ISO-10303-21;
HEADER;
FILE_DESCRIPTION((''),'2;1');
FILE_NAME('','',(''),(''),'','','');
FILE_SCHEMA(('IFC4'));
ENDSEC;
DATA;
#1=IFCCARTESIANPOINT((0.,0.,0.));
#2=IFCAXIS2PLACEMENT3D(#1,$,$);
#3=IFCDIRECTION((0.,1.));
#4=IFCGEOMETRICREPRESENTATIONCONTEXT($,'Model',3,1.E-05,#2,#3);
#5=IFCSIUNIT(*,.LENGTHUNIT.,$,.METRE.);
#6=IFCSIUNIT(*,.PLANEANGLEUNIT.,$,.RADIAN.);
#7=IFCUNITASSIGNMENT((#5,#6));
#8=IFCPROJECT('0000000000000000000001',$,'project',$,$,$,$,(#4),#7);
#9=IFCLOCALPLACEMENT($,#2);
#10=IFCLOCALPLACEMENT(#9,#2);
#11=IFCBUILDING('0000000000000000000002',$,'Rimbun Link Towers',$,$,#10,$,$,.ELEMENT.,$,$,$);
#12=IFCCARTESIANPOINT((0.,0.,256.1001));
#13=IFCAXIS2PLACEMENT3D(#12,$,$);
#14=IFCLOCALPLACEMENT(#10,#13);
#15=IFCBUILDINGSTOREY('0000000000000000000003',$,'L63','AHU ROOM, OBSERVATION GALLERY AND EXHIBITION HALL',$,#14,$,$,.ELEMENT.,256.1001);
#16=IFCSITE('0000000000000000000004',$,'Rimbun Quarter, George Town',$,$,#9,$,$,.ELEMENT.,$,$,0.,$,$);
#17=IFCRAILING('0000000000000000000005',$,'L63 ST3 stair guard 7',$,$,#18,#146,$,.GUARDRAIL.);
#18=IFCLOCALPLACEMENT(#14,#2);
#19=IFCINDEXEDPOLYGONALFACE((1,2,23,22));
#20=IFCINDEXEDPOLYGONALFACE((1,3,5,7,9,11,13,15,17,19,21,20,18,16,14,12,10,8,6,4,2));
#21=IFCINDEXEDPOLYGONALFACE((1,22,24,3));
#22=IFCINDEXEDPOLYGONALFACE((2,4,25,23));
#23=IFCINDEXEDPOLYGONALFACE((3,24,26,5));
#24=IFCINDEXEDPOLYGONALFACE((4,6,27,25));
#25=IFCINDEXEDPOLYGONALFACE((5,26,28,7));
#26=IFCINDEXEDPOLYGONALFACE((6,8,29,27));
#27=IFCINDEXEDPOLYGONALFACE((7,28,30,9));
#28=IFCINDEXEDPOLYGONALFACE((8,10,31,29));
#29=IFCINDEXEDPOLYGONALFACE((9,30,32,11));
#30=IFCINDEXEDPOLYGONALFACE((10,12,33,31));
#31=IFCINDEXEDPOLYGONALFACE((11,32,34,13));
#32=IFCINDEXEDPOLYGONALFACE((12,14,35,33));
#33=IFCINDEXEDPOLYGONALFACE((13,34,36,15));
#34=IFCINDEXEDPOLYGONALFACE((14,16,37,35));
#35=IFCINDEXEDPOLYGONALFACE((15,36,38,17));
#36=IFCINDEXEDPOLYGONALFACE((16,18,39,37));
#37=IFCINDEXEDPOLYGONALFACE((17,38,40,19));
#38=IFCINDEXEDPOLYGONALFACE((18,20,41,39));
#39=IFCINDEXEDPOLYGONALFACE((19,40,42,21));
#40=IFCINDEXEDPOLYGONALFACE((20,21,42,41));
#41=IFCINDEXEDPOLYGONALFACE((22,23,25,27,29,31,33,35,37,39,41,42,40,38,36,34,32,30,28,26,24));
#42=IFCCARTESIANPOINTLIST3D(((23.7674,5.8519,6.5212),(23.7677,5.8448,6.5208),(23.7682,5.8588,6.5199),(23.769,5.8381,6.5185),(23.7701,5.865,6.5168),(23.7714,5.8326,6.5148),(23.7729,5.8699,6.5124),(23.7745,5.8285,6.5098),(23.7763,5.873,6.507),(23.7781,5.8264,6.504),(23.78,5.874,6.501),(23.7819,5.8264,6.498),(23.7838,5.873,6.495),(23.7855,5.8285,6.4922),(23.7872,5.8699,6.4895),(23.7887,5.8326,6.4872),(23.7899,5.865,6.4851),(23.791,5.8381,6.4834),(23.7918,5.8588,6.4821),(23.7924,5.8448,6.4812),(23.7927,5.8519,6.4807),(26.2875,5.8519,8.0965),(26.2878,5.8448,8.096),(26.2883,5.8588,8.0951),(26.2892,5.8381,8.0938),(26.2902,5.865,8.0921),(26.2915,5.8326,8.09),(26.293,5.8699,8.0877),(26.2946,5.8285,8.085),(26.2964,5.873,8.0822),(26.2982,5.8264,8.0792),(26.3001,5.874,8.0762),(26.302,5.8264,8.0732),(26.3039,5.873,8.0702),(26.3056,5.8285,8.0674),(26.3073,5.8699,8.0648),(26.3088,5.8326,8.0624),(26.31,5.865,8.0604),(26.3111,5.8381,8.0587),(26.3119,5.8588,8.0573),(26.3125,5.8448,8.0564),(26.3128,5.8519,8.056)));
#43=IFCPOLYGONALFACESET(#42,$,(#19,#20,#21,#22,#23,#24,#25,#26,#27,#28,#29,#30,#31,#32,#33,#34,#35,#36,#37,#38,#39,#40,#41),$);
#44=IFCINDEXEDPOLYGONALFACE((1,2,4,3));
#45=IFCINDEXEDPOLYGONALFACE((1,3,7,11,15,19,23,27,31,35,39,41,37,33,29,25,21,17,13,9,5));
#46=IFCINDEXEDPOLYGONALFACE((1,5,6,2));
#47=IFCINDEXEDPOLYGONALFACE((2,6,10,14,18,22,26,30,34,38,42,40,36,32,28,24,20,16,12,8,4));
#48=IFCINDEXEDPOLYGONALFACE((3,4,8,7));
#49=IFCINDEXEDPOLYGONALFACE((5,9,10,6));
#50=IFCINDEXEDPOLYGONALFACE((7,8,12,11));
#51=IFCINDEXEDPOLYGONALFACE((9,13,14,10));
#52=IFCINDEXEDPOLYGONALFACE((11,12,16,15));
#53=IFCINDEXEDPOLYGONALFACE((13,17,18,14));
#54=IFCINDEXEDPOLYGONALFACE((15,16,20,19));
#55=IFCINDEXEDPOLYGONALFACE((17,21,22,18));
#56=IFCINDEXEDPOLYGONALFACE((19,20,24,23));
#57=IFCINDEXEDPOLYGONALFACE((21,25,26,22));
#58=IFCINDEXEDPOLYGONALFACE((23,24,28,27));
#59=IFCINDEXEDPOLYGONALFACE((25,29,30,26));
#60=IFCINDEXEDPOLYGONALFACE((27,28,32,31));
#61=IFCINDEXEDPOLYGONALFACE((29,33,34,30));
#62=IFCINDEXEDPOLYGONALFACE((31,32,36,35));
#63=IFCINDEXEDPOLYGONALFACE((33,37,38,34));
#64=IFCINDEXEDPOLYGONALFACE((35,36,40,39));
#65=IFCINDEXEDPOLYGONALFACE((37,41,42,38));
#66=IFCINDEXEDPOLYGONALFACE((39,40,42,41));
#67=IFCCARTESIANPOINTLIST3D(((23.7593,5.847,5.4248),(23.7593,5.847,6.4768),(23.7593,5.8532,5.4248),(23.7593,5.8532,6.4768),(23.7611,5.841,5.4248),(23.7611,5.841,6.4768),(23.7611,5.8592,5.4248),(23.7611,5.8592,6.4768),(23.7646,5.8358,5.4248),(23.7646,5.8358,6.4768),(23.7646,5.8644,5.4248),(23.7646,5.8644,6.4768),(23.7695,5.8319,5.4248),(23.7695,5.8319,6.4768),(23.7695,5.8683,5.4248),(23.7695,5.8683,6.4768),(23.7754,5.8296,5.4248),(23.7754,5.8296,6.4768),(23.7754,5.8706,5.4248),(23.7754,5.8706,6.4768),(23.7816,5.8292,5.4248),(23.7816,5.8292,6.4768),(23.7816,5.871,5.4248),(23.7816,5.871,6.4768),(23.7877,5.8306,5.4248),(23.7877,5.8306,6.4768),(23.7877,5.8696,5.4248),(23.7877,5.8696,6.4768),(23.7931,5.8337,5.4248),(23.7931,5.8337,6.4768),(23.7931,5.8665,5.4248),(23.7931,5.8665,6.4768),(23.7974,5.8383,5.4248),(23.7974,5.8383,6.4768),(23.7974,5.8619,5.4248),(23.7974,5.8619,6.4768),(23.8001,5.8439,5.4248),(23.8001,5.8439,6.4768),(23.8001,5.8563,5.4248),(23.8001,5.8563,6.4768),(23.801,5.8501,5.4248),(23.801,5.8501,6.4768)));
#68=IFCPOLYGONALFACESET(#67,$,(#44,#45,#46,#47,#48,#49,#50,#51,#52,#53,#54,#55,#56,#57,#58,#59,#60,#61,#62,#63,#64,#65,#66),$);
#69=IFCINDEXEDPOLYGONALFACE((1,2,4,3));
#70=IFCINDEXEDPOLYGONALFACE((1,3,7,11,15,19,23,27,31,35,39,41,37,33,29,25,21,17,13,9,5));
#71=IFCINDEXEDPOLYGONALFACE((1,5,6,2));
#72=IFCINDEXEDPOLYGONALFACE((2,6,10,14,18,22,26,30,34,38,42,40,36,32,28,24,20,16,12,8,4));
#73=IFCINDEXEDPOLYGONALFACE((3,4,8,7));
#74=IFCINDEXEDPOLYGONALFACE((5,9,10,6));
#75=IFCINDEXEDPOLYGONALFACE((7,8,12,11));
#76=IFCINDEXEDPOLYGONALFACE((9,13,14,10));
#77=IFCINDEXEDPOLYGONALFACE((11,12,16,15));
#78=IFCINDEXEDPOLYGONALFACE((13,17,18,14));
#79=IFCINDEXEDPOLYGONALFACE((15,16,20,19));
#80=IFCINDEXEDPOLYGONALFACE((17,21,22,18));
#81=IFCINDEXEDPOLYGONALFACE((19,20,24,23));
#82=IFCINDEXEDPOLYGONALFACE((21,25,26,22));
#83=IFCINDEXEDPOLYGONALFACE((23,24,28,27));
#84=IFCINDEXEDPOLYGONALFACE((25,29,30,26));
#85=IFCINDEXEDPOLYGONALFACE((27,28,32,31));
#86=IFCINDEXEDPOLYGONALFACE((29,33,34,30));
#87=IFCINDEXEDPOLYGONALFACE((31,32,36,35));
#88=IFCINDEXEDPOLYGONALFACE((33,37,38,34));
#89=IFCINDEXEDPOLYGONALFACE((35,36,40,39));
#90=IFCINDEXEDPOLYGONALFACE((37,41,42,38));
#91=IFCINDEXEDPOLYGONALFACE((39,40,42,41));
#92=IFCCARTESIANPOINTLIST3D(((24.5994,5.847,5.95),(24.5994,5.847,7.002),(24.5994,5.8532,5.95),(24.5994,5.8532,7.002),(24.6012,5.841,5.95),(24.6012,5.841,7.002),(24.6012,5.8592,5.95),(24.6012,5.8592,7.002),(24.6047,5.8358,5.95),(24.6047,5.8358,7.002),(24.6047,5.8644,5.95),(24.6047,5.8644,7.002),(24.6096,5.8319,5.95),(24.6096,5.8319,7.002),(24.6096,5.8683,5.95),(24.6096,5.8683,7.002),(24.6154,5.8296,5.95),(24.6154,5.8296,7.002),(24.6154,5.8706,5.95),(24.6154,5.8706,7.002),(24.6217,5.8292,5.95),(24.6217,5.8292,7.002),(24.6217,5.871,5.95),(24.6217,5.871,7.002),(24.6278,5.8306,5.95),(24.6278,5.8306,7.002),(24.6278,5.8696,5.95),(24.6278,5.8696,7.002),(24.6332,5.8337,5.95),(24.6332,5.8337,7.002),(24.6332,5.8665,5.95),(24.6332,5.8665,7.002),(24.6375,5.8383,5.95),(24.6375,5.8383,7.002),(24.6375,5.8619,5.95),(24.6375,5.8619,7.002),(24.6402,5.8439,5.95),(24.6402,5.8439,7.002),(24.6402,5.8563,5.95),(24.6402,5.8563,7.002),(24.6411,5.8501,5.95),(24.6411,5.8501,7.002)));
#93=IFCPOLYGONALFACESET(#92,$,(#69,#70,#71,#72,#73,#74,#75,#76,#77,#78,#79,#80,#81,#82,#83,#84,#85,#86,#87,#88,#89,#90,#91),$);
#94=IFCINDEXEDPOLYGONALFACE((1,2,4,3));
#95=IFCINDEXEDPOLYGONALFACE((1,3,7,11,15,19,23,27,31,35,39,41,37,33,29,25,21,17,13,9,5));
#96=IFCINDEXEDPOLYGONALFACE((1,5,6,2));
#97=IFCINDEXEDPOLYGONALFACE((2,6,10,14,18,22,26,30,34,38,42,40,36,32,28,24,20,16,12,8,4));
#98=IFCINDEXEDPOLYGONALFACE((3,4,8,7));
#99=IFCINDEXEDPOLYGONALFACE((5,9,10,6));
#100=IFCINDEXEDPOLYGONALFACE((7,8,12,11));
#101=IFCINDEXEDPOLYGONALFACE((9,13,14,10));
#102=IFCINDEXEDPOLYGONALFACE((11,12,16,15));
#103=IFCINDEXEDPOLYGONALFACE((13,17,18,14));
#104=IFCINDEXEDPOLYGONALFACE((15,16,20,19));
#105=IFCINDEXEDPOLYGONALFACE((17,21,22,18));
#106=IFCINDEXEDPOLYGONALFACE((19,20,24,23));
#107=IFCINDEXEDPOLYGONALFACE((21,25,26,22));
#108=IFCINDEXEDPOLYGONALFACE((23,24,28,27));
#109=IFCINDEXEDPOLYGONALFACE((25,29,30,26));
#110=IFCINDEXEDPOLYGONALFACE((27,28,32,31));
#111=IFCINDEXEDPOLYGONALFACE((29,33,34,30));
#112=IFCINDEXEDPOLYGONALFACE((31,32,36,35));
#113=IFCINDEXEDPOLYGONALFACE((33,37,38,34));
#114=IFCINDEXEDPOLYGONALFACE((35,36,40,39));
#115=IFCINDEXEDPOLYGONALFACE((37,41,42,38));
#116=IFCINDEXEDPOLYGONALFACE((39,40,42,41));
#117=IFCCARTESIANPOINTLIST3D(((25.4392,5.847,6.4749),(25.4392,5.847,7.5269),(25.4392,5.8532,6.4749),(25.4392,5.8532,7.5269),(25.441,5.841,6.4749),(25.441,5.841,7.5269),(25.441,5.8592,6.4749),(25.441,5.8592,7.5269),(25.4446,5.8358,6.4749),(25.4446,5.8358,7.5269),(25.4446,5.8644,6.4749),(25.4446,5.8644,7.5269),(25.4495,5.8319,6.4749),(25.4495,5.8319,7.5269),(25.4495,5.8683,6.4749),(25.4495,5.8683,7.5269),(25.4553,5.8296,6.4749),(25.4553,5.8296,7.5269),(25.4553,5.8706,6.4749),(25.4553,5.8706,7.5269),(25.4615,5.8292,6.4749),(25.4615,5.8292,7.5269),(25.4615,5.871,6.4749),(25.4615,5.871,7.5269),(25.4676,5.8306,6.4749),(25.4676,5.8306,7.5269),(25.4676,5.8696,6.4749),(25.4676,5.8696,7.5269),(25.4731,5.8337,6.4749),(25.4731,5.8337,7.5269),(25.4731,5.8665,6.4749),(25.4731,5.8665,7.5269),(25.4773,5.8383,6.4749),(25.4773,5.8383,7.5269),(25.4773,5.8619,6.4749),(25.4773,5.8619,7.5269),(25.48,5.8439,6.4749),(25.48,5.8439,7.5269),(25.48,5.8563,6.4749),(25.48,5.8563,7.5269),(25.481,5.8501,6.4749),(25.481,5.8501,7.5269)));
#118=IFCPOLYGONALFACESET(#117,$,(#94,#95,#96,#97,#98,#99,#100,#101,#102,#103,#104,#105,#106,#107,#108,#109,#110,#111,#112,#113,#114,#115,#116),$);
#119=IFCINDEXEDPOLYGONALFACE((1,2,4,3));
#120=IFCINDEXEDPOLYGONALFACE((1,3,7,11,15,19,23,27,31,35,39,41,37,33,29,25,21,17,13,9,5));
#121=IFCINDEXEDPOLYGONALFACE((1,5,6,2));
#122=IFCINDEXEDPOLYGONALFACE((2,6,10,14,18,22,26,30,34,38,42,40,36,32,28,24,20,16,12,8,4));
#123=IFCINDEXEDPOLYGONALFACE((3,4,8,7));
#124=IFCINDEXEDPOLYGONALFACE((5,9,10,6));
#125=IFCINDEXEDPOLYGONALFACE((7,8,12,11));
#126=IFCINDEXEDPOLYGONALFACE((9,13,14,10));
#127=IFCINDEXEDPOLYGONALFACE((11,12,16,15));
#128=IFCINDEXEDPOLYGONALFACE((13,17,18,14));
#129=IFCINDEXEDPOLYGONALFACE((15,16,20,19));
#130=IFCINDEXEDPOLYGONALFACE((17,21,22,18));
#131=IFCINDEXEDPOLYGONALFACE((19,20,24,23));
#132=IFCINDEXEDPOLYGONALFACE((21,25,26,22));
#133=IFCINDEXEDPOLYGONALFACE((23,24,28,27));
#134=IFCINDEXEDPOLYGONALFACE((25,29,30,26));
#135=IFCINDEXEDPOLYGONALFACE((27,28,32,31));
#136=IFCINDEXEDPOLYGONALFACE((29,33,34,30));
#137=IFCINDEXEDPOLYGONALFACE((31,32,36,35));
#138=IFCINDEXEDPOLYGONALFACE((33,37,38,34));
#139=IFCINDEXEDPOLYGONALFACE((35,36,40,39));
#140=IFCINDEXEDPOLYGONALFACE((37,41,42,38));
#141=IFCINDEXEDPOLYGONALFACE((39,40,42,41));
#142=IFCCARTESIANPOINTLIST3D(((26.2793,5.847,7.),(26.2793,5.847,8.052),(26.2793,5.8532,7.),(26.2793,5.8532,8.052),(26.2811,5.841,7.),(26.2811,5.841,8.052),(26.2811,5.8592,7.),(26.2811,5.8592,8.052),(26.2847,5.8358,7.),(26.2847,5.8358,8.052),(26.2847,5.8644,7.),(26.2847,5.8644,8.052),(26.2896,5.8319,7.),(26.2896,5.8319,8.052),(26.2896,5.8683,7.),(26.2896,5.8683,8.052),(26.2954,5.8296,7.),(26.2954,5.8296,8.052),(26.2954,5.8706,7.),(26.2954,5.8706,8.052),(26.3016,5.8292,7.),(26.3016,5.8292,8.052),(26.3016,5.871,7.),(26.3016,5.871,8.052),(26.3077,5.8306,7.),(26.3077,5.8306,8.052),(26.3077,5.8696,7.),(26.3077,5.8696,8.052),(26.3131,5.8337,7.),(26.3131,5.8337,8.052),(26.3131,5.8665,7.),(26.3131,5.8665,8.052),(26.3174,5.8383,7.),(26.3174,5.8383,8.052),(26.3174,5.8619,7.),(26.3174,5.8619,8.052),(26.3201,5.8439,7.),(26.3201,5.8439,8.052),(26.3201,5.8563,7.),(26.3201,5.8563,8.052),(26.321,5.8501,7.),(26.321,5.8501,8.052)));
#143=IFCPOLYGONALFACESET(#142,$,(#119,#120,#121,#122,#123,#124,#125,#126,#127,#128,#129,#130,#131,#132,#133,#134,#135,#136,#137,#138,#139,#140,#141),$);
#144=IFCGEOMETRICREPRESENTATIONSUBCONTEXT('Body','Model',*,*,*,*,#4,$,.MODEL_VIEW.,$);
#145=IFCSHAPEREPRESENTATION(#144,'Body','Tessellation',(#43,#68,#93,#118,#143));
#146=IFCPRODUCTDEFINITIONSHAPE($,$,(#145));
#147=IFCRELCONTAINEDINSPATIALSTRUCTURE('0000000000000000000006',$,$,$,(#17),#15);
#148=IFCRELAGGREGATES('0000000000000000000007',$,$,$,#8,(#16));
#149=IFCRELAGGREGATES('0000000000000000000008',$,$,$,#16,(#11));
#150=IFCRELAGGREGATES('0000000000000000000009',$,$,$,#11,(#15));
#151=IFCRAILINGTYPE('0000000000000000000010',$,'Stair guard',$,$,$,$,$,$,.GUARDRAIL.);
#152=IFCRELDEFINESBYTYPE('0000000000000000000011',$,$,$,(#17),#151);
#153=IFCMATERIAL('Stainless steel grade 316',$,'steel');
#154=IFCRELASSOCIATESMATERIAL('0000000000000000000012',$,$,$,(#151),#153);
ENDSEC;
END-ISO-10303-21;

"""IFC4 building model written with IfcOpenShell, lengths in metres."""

from ifc_helpers import new_model, si_unit, direction, frame, origin, origin_2d, place, context, subcontext, project, spatial, circle, extrude, material, type_object, element, save


model = new_model("IFC4")

# Units and contexts
model_context = context("Model", 3, precision=1e-05, world=origin(), true_north=direction((0.0, 1.0)))
body_context = subcontext(model_context, "Body", "Model", "MODEL_VIEW")
ifc_project = project(units=[si_unit("LENGTHUNIT", "METRE"), si_unit("PLANEANGLEUNIT", "RADIAN")], contexts=[model_context])

# Site, building, storey
site_placement = place(None, origin())
site = spatial("IfcSite", under=ifc_project, at=site_placement, Name="Rimbun Quarter, George Town", CompositionType="ELEMENT", RefElevation=0.0)
building_placement = place(site_placement, origin())
building = spatial("IfcBuilding", under=site, at=building_placement, Name="Rimbun Link Towers", CompositionType="ELEMENT")
storey_placement = place(building_placement, frame((0.0, 0.0, 256.1001)))
storey = spatial("IfcBuildingStorey", under=building, at=storey_placement, Name="L63", Description="AHU ROOM, OBSERVATION GALLERY AND EXHIBITION HALL", CompositionType="ELEMENT", Elevation=256.1001)

# Railing
ifc_material_1 = material(Name="Stainless steel grade 316", Category="steel")
railing_type_1 = type_object("IfcRailingType", Name="Stair guard", PredefinedType="GUARDRAIL", material=ifc_material_1)
railing_1_placement = place(storey_placement, frame((23.78, 5.8501, 5.4248)))
element("IfcRailing", 1, at=railing_1_placement, inside=storey, type_object=railing_type_1, Name="L63 ST3 stair guard 7", PredefinedType="GUARDRAIL", context=body_context, shape_type="SweptSolid", body=[
    extrude(circle(Radius=0.0239, at=origin_2d()), frame((0.0, 0.0, 1.0762), z_axis=(0.847971, 0.0, 0.530043), x_axis=(0.0, 1.0, 0.0)), (0.0, 0.0, 1.0), 2.9719),
    extrude(circle(Radius=0.021, at=origin_2d()), origin(), (0.0, 0.0, 1.0), 1.052),
    extrude(circle(Radius=0.021, at=origin_2d()), frame((0.8401, 0.0, 0.5251)), (0.0, 0.0, 1.0), 1.052),
    extrude(circle(Radius=0.021, at=origin_2d()), frame((1.6799, 0.0, 1.05)), (0.0, 0.0, 1.0), 1.052),
    extrude(circle(Radius=0.021, at=origin_2d()), frame((2.52, 0.0, 1.5752)), (0.0, 0.0, 1.0), 1.052),
])

save(model, "model.ifc")
